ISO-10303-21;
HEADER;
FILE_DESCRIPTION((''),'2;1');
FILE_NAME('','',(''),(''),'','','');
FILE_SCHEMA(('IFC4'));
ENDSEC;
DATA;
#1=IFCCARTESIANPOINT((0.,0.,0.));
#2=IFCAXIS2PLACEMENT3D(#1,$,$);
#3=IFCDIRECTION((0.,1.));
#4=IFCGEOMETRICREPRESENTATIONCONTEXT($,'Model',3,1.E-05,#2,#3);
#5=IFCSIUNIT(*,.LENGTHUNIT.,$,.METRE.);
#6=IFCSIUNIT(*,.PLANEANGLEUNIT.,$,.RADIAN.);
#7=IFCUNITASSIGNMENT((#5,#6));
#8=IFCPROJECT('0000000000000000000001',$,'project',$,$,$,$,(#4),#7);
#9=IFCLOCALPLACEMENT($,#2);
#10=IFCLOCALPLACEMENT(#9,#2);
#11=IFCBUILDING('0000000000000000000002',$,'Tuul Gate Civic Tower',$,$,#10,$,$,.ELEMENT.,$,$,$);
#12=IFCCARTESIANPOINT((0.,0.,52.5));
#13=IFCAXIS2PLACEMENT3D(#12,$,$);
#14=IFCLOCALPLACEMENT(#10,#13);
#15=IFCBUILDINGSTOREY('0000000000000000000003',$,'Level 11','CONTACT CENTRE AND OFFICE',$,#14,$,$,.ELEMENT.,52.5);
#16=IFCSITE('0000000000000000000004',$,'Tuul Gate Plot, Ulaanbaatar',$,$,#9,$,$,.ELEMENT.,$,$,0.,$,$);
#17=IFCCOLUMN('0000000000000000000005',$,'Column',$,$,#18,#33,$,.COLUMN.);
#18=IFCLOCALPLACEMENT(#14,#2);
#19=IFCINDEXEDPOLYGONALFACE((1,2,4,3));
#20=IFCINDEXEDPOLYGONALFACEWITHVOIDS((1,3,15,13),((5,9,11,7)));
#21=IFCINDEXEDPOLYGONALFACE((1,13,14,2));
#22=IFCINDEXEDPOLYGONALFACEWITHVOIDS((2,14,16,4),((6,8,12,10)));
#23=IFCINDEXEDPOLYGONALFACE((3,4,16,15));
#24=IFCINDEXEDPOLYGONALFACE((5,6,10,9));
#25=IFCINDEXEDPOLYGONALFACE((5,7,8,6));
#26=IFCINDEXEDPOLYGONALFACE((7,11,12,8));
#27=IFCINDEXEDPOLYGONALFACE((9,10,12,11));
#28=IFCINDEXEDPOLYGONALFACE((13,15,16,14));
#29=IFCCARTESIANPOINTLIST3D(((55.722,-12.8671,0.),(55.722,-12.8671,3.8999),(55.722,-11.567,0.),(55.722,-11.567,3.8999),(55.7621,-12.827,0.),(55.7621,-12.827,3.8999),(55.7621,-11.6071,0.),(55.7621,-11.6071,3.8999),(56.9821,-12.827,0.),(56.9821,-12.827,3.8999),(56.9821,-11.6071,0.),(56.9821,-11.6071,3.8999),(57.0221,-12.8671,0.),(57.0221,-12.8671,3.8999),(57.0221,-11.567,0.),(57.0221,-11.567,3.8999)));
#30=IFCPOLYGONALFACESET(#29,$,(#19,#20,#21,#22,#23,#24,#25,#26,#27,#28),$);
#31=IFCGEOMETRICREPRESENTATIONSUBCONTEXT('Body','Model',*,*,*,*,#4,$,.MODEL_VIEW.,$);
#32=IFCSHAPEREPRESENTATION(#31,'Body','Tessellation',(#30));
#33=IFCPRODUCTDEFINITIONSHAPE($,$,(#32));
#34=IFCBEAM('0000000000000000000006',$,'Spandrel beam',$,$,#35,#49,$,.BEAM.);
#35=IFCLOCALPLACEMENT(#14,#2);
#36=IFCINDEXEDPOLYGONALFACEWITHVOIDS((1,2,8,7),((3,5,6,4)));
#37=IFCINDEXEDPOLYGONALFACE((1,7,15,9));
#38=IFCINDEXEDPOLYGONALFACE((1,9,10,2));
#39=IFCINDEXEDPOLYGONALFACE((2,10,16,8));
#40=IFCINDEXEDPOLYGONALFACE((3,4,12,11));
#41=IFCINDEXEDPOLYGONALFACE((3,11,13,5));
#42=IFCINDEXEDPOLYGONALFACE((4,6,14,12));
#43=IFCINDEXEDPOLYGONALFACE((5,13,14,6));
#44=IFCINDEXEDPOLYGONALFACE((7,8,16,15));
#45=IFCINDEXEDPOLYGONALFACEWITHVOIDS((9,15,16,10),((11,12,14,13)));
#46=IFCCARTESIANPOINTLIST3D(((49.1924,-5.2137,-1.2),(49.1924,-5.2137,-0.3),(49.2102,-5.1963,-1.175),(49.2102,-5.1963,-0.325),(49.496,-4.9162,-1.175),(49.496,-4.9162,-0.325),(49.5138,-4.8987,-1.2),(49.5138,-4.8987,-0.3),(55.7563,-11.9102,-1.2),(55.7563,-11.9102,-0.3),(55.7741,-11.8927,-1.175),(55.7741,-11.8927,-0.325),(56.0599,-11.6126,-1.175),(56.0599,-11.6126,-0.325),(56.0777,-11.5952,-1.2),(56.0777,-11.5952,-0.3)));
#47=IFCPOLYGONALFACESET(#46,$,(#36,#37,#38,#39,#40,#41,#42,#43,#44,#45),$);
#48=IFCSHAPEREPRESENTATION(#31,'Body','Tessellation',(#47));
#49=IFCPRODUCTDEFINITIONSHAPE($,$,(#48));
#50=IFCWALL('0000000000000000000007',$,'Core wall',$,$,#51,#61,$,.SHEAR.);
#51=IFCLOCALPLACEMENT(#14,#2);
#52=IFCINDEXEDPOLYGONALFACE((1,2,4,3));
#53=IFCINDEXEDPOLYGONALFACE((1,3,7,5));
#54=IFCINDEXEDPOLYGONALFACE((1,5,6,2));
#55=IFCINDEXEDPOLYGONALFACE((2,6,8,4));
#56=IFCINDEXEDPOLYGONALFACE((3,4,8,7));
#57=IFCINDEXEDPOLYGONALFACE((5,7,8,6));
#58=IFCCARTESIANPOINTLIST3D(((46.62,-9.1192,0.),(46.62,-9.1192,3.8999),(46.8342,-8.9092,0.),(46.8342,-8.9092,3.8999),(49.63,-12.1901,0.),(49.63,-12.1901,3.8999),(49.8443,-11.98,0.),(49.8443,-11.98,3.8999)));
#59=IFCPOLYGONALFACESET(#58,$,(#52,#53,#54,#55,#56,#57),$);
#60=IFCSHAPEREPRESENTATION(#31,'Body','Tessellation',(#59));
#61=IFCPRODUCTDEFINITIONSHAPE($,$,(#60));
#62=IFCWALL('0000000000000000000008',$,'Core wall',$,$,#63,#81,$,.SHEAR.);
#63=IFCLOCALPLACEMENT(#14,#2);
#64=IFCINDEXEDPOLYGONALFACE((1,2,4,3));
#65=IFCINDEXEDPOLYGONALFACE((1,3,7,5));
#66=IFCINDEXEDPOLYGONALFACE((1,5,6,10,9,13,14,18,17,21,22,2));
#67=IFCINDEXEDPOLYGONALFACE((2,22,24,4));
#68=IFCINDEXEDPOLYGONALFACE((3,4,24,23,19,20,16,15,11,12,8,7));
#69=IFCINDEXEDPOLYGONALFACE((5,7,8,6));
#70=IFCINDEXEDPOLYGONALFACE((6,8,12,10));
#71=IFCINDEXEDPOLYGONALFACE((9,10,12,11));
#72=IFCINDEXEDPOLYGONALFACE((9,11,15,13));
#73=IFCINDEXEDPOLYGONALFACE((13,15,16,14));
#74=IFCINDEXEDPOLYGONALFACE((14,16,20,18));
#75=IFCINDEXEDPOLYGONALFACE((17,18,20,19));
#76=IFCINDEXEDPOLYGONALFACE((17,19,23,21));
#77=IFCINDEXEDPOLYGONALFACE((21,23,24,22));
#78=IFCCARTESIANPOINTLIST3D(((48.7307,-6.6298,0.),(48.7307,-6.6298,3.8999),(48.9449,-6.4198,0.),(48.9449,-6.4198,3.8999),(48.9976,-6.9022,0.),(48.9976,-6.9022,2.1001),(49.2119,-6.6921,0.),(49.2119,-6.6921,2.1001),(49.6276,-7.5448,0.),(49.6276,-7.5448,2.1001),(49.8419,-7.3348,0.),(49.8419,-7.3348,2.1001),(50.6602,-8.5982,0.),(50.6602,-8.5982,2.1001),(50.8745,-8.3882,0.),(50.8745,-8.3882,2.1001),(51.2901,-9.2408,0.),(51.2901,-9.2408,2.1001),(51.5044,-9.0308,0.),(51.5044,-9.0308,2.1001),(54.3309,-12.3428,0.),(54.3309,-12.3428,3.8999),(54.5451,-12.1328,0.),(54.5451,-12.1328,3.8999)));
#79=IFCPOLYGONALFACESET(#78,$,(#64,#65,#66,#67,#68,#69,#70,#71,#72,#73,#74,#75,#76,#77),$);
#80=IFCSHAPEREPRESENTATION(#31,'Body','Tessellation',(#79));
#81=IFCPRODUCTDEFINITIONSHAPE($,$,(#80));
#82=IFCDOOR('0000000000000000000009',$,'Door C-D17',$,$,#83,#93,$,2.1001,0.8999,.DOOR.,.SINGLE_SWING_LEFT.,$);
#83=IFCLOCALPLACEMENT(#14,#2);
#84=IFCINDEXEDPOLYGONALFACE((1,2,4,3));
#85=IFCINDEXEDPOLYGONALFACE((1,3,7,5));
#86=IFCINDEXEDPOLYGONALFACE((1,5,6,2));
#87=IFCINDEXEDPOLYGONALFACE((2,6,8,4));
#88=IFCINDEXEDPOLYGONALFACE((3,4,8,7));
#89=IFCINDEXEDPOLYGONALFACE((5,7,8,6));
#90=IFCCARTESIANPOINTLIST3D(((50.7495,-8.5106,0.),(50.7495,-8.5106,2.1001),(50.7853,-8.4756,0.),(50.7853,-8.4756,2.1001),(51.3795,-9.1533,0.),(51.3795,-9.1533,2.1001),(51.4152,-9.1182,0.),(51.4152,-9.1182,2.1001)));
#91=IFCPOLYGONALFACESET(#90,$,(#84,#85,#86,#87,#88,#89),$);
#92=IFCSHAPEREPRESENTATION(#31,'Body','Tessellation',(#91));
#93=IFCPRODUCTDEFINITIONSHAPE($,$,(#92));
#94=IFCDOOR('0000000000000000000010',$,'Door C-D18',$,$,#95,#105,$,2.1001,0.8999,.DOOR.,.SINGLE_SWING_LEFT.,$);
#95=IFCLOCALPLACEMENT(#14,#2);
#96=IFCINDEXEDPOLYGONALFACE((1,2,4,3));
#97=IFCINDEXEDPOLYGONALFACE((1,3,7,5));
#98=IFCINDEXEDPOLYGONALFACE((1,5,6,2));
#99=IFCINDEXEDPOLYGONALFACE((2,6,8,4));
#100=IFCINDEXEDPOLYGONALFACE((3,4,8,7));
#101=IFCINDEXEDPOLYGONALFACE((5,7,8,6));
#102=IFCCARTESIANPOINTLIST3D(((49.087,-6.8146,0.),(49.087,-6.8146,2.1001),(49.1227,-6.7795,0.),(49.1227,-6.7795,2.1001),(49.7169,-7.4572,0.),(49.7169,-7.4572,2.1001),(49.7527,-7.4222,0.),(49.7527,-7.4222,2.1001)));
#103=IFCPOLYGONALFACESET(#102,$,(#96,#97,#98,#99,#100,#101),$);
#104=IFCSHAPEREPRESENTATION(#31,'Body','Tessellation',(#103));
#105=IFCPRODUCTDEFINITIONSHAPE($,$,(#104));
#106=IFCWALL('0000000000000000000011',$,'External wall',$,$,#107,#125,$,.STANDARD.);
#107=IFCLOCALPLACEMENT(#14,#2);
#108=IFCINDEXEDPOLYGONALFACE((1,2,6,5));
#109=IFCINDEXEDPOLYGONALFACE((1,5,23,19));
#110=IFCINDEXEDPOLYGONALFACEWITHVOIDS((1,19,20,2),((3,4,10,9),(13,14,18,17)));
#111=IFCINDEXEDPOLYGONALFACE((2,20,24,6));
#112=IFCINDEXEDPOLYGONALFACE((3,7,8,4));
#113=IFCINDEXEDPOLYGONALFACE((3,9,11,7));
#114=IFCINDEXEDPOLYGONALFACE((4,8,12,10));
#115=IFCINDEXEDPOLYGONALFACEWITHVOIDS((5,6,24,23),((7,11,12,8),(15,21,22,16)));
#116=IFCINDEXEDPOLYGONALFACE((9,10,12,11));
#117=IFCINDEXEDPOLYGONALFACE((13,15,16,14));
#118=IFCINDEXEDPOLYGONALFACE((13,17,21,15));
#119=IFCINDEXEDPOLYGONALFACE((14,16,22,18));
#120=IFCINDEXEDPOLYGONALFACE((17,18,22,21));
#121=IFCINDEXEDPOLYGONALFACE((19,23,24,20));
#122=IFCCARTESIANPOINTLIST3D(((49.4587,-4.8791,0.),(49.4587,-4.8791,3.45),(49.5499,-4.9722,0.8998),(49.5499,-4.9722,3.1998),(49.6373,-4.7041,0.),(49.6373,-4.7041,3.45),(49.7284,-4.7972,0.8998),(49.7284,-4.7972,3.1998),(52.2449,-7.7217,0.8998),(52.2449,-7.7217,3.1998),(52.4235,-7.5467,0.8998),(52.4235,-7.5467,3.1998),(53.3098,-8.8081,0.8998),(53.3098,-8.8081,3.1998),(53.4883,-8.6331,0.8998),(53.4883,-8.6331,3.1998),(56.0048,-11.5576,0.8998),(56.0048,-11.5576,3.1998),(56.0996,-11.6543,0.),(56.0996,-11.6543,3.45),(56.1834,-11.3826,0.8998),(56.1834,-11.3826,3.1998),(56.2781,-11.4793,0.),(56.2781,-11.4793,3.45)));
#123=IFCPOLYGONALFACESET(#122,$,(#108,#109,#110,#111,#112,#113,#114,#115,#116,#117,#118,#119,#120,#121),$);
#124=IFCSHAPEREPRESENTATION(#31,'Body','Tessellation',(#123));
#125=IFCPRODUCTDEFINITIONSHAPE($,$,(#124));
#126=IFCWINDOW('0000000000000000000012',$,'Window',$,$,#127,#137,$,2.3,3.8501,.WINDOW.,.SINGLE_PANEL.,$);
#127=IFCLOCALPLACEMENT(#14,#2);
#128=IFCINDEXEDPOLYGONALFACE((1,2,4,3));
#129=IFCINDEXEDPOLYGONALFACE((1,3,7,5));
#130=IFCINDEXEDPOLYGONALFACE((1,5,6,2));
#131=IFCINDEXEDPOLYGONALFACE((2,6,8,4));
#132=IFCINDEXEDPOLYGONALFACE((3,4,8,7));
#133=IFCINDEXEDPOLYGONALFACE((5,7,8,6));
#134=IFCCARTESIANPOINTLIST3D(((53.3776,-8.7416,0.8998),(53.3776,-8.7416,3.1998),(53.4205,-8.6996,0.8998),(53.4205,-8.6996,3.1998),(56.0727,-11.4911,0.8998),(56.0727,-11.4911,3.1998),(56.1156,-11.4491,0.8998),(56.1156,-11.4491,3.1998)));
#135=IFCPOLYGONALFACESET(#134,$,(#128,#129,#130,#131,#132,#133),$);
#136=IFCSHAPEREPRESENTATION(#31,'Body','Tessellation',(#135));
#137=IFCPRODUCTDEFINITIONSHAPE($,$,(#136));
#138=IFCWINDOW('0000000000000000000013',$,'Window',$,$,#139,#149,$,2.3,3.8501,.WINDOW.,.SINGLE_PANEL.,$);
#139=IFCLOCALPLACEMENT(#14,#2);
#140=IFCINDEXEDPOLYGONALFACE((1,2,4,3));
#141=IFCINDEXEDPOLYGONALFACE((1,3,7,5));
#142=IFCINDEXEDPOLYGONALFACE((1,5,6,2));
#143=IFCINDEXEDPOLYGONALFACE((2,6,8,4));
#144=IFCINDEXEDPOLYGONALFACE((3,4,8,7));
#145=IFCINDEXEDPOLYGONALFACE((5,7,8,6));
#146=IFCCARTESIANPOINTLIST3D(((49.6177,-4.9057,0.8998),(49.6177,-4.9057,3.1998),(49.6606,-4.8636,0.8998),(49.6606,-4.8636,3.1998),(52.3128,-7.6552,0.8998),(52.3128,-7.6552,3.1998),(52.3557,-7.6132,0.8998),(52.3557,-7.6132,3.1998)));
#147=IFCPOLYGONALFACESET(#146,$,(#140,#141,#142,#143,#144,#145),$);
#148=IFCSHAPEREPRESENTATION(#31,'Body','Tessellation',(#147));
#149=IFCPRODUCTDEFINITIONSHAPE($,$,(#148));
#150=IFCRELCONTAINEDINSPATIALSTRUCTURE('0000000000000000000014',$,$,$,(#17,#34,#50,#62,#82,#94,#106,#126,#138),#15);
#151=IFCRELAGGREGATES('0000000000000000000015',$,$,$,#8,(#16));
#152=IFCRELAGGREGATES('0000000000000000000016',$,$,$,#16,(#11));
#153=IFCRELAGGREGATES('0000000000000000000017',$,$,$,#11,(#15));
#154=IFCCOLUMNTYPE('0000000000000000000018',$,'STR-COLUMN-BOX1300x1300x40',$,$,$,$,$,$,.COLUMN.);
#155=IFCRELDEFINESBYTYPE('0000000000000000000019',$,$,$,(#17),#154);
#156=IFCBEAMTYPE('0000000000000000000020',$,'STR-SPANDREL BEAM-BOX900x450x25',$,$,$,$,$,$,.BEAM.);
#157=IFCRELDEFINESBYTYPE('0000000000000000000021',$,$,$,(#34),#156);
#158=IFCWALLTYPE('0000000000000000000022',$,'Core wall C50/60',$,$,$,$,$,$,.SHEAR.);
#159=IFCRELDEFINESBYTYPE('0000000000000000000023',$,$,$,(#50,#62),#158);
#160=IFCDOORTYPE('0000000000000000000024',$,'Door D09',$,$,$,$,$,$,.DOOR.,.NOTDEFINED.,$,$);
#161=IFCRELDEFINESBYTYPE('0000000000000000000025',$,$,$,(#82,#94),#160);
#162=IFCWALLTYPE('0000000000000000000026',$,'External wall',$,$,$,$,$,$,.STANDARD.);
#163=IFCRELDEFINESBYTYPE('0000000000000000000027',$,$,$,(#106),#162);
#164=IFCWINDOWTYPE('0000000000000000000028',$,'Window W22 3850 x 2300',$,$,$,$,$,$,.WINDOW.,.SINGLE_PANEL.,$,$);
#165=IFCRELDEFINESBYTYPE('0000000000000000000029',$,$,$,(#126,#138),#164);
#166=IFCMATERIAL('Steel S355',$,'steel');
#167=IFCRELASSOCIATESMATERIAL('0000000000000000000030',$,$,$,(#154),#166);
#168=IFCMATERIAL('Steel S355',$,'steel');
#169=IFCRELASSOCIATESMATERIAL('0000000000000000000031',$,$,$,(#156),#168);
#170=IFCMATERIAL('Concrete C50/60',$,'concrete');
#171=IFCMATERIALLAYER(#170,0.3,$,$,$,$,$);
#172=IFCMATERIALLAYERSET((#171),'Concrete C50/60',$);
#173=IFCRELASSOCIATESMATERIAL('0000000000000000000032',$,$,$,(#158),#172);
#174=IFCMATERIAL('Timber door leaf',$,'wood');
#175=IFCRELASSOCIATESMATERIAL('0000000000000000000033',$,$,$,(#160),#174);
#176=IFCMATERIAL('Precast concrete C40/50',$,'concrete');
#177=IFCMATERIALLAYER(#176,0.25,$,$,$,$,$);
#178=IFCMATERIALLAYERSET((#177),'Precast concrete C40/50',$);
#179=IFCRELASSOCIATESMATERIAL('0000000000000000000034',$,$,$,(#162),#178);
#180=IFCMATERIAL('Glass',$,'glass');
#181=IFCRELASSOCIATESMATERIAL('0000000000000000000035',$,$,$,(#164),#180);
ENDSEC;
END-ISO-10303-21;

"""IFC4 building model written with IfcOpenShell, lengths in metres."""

from ifc_helpers import new_model, si_unit, direction, frame, frame_2d, origin, origin_2d, place, context, subcontext, project, spatial, rectangle, hollow_rectangle, extrude, material, layer, layer_set, material_profile, profile_set, type_object, element, fill, save


model = new_model("IFC4")

# Units and contexts
model_context = context("Model", 3, precision=1e-05, world=origin(), true_north=direction((0.0, 1.0)))
body_context = subcontext(model_context, "Body", "Model", "MODEL_VIEW")
ifc_project = project(units=[si_unit("LENGTHUNIT", "METRE"), si_unit("PLANEANGLEUNIT", "RADIAN")], contexts=[model_context])

# Site, building, storey
site_placement = place(None, origin())
site = spatial("IfcSite", under=ifc_project, at=site_placement, Name="Tuul Gate Plot, Ulaanbaatar", CompositionType="ELEMENT", RefElevation=0.0)
building_placement = place(site_placement, origin())
building = spatial("IfcBuilding", under=site, at=building_placement, Name="Tuul Gate Civic Tower", CompositionType="ELEMENT")
storey_placement = place(building_placement, frame((0.0, 0.0, 52.5)))
storey = spatial("IfcBuildingStorey", under=building, at=storey_placement, Name="Level 11", Description="CONTACT CENTRE AND OFFICE", CompositionType="ELEMENT", Elevation=52.5)

# Column
ifc_material_1 = material(Name="Steel S355", Category="steel")
ifc_material_profile_1 = material_profile(ifc_material_1, hollow_rectangle(XDim=1.3, YDim=1.3, WallThickness=0.04, at=origin_2d()), Name="BOX1300x1300x40")
ifc_profile_set_1 = profile_set([ifc_material_profile_1], Name="Steel S355")
column_type = type_object("IfcColumnType", Name="STR-COLUMN-BOX1300x1300x40", PredefinedType="COLUMN", material=ifc_profile_set_1)
column_placement = place(storey_placement, frame((56.3721, -12.217, 0.0), z_axis=(0.0, 0.0, 1.0), x_axis=(1.0, 0.0, 0.0)))
element("IfcColumn", 1, at=column_placement, inside=storey, type_object=column_type, Name="Column", PredefinedType="COLUMN", context=body_context, shape_type="SweptSolid", body=[
    extrude(hollow_rectangle(XDim=1.3, YDim=1.3, WallThickness=0.04, at=origin_2d()), origin(), (0.0, 0.0, 1.0), 3.8999),
])

# Beam
ifc_material_2 = material(Name="Steel S355", Category="steel")
ifc_material_profile_2 = material_profile(ifc_material_2, hollow_rectangle(XDim=0.45, YDim=0.8999, WallThickness=0.0249, at=origin_2d()), Name="BOX900x450x25")
ifc_profile_set_2 = profile_set([ifc_material_profile_2], Name="Steel S355")
beam_type = type_object("IfcBeamType", Name="STR-SPANDREL BEAM-BOX900x450x25", PredefinedType="BEAM", material=ifc_profile_set_2)
beam_placement = place(storey_placement, frame((55.917, -11.7527, -0.75), z_axis=(-0.700003, 0.71414, 0.0), x_axis=(-0.71414, -0.700003, 0.0)))
element("IfcBeam", 2, at=beam_placement, inside=storey, type_object=beam_type, Name="Spandrel beam", PredefinedType="BEAM", context=body_context, shape_type="SweptSolid", body=[
    extrude(hollow_rectangle(XDim=0.45, YDim=0.8999, WallThickness=0.0249, at=origin_2d()), origin(), (0.0, 0.0, 1.0), 9.377),
])

# Wall
ifc_material_3 = material(Name="Concrete C50/60", Category="concrete")
ifc_layer_1 = layer(ifc_material_3, 0.3)
ifc_layer_set_1 = layer_set([ifc_layer_1], Name="Concrete C50/60")
wall_type_1 = type_object("IfcWallType", Name="Core wall C50/60", PredefinedType="SHEAR", material=ifc_layer_set_1)
wall_1_placement = place(storey_placement, frame((49.7371, -12.085, 0.0), z_axis=(0.0, 0.0, 1.0), x_axis=(-0.700003, 0.71414, 0.0)))
element("IfcWall", 3, at=wall_1_placement, inside=storey, type_object=wall_type_1, Name="Core wall", PredefinedType="SHEAR", context=body_context, shape_type="SweptSolid", body=[
    extrude(rectangle(XDim=4.3, YDim=0.3, at=frame_2d((2.1499, 0.0))), origin(), (0.0, 0.0, 1.0), 3.8999),
])

# Wall, openings, doors
wall_2_placement = place(storey_placement, frame((54.438, -12.2378, 0.0), z_axis=(0.0, 0.0, 1.0), x_axis=(-0.700022, 0.714121, 0.0)))
wall_2 = element("IfcWall", 4, at=wall_2_placement, inside=storey, type_object=wall_type_1, Name="Core wall", PredefinedType="SHEAR", context=body_context, shape_type="SweptSolid", body=[
    extrude(rectangle(XDim=8.0, YDim=0.3, at=frame_2d((4.0, 0.0))), origin(), (0.0, 0.0, 1.0), 3.8999),
])
opening_1_placement = place(wall_2_placement, frame((4.3438, 0.0, 0.0)))
opening_1 = element("IfcOpeningElement", 5, at=opening_1_placement, cuts=wall_2, PredefinedType="OPENING", context=body_context, shape_type="SweptSolid", body=[
    extrude(rectangle(XDim=0.8999, YDim=2.1001, at=frame_2d((0.45, 1.05))), frame((0.0, 0.1602, 0.0), z_axis=(0.0, -1.0, 0.0), x_axis=(1.0, 0.0, 0.0)), (0.0, 0.0, 1.0), 0.3201),
])
opening_2_placement = place(wall_2_placement, frame((6.7188, 0.0, 0.0)))
opening_2 = element("IfcOpeningElement", 6, at=opening_2_placement, cuts=wall_2, PredefinedType="OPENING", context=body_context, shape_type="SweptSolid", body=[
    extrude(rectangle(XDim=0.8999, YDim=2.1001, at=frame_2d((0.45, 1.05))), frame((0.0, 0.1602, 0.0), z_axis=(0.0, -1.0, 0.0), x_axis=(1.0, 0.0, 0.0)), (0.0, 0.0, 1.0), 0.3201),
])
ifc_material_4 = material(Name="Timber door leaf", Category="wood")
door_type = type_object("IfcDoorType", Name="Door D09", OperationType="NOTDEFINED", PredefinedType="DOOR", material=ifc_material_4)
door_1_placement = place(opening_1_placement, origin())
door_1 = element("IfcDoor", 7, at=door_1_placement, inside=storey, type_object=door_type, Name="Door C-D17", OperationType="SINGLE_SWING_LEFT", OverallHeight=2.1001, OverallWidth=0.8999, PredefinedType="DOOR", context=body_context, shape_type="SweptSolid", body=[
    extrude(rectangle(XDim=0.8999, YDim=2.1001, at=frame_2d((0.45, 1.05))), frame((0.0, 0.0249, 0.0), z_axis=(0.0, -1.0, 0.0), x_axis=(1.0, 0.0, 0.0)), (0.0, 0.0, 1.0), 0.05),
])
fill(opening_1, door_1)
door_2_placement = place(opening_2_placement, origin())
door_2 = element("IfcDoor", 8, at=door_2_placement, inside=storey, type_object=door_type, Name="Door C-D18", OperationType="SINGLE_SWING_LEFT", OverallHeight=2.1001, OverallWidth=0.8999, PredefinedType="DOOR", context=body_context, shape_type="SweptSolid", body=[
    extrude(rectangle(XDim=0.8999, YDim=2.1001, at=frame_2d((0.45, 1.05))), frame((0.0, 0.0249, 0.0), z_axis=(0.0, -1.0, 0.0), x_axis=(1.0, 0.0, 0.0)), (0.0, 0.0, 1.0), 0.05),
])
fill(opening_2, door_2)

# Wall, openings, windows
ifc_material_5 = material(Name="Precast concrete C40/50", Category="concrete")
ifc_layer_2 = layer(ifc_material_5, 0.25)
ifc_layer_set_2 = layer_set([ifc_layer_2], Name="Precast concrete C40/50")
wall_type_2 = type_object("IfcWallType", Name="External wall", PredefinedType="STANDARD", material=ifc_layer_set_2)
wall_3_placement = place(storey_placement, frame((56.189, -11.5669, 0.0), z_axis=(0.0, 0.0, 1.0), x_axis=(-0.699994, 0.714148, 0.0)))
wall_3 = element("IfcWall", 9, at=wall_3_placement, inside=storey, type_object=wall_type_2, Name="External wall", PredefinedType="STANDARD", context=body_context, shape_type="SweptSolid", body=[
    extrude(rectangle(XDim=9.4871, YDim=0.25, at=frame_2d((4.7437, 0.0))), origin(), (0.0, 0.0, 1.0), 3.45),
])
opening_3_placement = place(wall_3_placement, frame((0.1355, 0.0, 0.8999)))
opening_3 = element("IfcOpeningElement", 10, at=opening_3_placement, cuts=wall_3, PredefinedType="OPENING", context=body_context, shape_type="SweptSolid", body=[
    extrude(rectangle(XDim=3.8501, YDim=2.3, at=frame_2d((1.925, 1.1499))), frame((0.0, 0.135, 0.0), z_axis=(0.0, -1.0, 0.0), x_axis=(1.0, 0.0, 0.0)), (0.0, 0.0, 1.0), 0.27),
])
opening_4_placement = place(wall_3_placement, frame((5.5068, 0.0, 0.8999)))
opening_4 = element("IfcOpeningElement", 11, at=opening_4_placement, cuts=wall_3, PredefinedType="OPENING", context=body_context, shape_type="SweptSolid", body=[
    extrude(rectangle(XDim=3.8501, YDim=2.3, at=frame_2d((1.925, 1.1499))), frame((0.0, 0.135, 0.0), z_axis=(0.0, -1.0, 0.0), x_axis=(1.0, 0.0, 0.0)), (0.0, 0.0, 1.0), 0.27),
])
ifc_material_6 = material(Name="Glass", Category="glass")
window_type = type_object("IfcWindowType", Name="Window W22 3850 x 2300", PartitioningType="SINGLE_PANEL", PredefinedType="WINDOW", material=ifc_material_6)
window_1_placement = place(opening_3_placement, origin())
window_1 = element("IfcWindow", 12, at=window_1_placement, inside=storey, type_object=window_type, Name="Window", OverallHeight=2.3, OverallWidth=3.8501, PartitioningType="SINGLE_PANEL", PredefinedType="WINDOW", context=body_context, shape_type="SweptSolid", body=[
    extrude(rectangle(XDim=3.8501, YDim=2.3, at=frame_2d((1.925, 1.1499))), frame((0.0, 0.03, 0.0), z_axis=(0.0, -1.0, 0.0), x_axis=(1.0, 0.0, 0.0)), (0.0, 0.0, 1.0), 0.0601),
])
fill(opening_3, window_1)
window_2_placement = place(opening_4_placement, origin())
window_2 = element("IfcWindow", 13, at=window_2_placement, inside=storey, type_object=window_type, Name="Window", OverallHeight=2.3, OverallWidth=3.8501, PartitioningType="SINGLE_PANEL", PredefinedType="WINDOW", context=body_context, shape_type="SweptSolid", body=[
    extrude(rectangle(XDim=3.8501, YDim=2.3, at=frame_2d((1.925, 1.1499))), frame((0.0, 0.03, 0.0), z_axis=(0.0, -1.0, 0.0), x_axis=(1.0, 0.0, 0.0)), (0.0, 0.0, 1.0), 0.0601),
])
fill(opening_4, window_2)

save(model, "model.ifc")
